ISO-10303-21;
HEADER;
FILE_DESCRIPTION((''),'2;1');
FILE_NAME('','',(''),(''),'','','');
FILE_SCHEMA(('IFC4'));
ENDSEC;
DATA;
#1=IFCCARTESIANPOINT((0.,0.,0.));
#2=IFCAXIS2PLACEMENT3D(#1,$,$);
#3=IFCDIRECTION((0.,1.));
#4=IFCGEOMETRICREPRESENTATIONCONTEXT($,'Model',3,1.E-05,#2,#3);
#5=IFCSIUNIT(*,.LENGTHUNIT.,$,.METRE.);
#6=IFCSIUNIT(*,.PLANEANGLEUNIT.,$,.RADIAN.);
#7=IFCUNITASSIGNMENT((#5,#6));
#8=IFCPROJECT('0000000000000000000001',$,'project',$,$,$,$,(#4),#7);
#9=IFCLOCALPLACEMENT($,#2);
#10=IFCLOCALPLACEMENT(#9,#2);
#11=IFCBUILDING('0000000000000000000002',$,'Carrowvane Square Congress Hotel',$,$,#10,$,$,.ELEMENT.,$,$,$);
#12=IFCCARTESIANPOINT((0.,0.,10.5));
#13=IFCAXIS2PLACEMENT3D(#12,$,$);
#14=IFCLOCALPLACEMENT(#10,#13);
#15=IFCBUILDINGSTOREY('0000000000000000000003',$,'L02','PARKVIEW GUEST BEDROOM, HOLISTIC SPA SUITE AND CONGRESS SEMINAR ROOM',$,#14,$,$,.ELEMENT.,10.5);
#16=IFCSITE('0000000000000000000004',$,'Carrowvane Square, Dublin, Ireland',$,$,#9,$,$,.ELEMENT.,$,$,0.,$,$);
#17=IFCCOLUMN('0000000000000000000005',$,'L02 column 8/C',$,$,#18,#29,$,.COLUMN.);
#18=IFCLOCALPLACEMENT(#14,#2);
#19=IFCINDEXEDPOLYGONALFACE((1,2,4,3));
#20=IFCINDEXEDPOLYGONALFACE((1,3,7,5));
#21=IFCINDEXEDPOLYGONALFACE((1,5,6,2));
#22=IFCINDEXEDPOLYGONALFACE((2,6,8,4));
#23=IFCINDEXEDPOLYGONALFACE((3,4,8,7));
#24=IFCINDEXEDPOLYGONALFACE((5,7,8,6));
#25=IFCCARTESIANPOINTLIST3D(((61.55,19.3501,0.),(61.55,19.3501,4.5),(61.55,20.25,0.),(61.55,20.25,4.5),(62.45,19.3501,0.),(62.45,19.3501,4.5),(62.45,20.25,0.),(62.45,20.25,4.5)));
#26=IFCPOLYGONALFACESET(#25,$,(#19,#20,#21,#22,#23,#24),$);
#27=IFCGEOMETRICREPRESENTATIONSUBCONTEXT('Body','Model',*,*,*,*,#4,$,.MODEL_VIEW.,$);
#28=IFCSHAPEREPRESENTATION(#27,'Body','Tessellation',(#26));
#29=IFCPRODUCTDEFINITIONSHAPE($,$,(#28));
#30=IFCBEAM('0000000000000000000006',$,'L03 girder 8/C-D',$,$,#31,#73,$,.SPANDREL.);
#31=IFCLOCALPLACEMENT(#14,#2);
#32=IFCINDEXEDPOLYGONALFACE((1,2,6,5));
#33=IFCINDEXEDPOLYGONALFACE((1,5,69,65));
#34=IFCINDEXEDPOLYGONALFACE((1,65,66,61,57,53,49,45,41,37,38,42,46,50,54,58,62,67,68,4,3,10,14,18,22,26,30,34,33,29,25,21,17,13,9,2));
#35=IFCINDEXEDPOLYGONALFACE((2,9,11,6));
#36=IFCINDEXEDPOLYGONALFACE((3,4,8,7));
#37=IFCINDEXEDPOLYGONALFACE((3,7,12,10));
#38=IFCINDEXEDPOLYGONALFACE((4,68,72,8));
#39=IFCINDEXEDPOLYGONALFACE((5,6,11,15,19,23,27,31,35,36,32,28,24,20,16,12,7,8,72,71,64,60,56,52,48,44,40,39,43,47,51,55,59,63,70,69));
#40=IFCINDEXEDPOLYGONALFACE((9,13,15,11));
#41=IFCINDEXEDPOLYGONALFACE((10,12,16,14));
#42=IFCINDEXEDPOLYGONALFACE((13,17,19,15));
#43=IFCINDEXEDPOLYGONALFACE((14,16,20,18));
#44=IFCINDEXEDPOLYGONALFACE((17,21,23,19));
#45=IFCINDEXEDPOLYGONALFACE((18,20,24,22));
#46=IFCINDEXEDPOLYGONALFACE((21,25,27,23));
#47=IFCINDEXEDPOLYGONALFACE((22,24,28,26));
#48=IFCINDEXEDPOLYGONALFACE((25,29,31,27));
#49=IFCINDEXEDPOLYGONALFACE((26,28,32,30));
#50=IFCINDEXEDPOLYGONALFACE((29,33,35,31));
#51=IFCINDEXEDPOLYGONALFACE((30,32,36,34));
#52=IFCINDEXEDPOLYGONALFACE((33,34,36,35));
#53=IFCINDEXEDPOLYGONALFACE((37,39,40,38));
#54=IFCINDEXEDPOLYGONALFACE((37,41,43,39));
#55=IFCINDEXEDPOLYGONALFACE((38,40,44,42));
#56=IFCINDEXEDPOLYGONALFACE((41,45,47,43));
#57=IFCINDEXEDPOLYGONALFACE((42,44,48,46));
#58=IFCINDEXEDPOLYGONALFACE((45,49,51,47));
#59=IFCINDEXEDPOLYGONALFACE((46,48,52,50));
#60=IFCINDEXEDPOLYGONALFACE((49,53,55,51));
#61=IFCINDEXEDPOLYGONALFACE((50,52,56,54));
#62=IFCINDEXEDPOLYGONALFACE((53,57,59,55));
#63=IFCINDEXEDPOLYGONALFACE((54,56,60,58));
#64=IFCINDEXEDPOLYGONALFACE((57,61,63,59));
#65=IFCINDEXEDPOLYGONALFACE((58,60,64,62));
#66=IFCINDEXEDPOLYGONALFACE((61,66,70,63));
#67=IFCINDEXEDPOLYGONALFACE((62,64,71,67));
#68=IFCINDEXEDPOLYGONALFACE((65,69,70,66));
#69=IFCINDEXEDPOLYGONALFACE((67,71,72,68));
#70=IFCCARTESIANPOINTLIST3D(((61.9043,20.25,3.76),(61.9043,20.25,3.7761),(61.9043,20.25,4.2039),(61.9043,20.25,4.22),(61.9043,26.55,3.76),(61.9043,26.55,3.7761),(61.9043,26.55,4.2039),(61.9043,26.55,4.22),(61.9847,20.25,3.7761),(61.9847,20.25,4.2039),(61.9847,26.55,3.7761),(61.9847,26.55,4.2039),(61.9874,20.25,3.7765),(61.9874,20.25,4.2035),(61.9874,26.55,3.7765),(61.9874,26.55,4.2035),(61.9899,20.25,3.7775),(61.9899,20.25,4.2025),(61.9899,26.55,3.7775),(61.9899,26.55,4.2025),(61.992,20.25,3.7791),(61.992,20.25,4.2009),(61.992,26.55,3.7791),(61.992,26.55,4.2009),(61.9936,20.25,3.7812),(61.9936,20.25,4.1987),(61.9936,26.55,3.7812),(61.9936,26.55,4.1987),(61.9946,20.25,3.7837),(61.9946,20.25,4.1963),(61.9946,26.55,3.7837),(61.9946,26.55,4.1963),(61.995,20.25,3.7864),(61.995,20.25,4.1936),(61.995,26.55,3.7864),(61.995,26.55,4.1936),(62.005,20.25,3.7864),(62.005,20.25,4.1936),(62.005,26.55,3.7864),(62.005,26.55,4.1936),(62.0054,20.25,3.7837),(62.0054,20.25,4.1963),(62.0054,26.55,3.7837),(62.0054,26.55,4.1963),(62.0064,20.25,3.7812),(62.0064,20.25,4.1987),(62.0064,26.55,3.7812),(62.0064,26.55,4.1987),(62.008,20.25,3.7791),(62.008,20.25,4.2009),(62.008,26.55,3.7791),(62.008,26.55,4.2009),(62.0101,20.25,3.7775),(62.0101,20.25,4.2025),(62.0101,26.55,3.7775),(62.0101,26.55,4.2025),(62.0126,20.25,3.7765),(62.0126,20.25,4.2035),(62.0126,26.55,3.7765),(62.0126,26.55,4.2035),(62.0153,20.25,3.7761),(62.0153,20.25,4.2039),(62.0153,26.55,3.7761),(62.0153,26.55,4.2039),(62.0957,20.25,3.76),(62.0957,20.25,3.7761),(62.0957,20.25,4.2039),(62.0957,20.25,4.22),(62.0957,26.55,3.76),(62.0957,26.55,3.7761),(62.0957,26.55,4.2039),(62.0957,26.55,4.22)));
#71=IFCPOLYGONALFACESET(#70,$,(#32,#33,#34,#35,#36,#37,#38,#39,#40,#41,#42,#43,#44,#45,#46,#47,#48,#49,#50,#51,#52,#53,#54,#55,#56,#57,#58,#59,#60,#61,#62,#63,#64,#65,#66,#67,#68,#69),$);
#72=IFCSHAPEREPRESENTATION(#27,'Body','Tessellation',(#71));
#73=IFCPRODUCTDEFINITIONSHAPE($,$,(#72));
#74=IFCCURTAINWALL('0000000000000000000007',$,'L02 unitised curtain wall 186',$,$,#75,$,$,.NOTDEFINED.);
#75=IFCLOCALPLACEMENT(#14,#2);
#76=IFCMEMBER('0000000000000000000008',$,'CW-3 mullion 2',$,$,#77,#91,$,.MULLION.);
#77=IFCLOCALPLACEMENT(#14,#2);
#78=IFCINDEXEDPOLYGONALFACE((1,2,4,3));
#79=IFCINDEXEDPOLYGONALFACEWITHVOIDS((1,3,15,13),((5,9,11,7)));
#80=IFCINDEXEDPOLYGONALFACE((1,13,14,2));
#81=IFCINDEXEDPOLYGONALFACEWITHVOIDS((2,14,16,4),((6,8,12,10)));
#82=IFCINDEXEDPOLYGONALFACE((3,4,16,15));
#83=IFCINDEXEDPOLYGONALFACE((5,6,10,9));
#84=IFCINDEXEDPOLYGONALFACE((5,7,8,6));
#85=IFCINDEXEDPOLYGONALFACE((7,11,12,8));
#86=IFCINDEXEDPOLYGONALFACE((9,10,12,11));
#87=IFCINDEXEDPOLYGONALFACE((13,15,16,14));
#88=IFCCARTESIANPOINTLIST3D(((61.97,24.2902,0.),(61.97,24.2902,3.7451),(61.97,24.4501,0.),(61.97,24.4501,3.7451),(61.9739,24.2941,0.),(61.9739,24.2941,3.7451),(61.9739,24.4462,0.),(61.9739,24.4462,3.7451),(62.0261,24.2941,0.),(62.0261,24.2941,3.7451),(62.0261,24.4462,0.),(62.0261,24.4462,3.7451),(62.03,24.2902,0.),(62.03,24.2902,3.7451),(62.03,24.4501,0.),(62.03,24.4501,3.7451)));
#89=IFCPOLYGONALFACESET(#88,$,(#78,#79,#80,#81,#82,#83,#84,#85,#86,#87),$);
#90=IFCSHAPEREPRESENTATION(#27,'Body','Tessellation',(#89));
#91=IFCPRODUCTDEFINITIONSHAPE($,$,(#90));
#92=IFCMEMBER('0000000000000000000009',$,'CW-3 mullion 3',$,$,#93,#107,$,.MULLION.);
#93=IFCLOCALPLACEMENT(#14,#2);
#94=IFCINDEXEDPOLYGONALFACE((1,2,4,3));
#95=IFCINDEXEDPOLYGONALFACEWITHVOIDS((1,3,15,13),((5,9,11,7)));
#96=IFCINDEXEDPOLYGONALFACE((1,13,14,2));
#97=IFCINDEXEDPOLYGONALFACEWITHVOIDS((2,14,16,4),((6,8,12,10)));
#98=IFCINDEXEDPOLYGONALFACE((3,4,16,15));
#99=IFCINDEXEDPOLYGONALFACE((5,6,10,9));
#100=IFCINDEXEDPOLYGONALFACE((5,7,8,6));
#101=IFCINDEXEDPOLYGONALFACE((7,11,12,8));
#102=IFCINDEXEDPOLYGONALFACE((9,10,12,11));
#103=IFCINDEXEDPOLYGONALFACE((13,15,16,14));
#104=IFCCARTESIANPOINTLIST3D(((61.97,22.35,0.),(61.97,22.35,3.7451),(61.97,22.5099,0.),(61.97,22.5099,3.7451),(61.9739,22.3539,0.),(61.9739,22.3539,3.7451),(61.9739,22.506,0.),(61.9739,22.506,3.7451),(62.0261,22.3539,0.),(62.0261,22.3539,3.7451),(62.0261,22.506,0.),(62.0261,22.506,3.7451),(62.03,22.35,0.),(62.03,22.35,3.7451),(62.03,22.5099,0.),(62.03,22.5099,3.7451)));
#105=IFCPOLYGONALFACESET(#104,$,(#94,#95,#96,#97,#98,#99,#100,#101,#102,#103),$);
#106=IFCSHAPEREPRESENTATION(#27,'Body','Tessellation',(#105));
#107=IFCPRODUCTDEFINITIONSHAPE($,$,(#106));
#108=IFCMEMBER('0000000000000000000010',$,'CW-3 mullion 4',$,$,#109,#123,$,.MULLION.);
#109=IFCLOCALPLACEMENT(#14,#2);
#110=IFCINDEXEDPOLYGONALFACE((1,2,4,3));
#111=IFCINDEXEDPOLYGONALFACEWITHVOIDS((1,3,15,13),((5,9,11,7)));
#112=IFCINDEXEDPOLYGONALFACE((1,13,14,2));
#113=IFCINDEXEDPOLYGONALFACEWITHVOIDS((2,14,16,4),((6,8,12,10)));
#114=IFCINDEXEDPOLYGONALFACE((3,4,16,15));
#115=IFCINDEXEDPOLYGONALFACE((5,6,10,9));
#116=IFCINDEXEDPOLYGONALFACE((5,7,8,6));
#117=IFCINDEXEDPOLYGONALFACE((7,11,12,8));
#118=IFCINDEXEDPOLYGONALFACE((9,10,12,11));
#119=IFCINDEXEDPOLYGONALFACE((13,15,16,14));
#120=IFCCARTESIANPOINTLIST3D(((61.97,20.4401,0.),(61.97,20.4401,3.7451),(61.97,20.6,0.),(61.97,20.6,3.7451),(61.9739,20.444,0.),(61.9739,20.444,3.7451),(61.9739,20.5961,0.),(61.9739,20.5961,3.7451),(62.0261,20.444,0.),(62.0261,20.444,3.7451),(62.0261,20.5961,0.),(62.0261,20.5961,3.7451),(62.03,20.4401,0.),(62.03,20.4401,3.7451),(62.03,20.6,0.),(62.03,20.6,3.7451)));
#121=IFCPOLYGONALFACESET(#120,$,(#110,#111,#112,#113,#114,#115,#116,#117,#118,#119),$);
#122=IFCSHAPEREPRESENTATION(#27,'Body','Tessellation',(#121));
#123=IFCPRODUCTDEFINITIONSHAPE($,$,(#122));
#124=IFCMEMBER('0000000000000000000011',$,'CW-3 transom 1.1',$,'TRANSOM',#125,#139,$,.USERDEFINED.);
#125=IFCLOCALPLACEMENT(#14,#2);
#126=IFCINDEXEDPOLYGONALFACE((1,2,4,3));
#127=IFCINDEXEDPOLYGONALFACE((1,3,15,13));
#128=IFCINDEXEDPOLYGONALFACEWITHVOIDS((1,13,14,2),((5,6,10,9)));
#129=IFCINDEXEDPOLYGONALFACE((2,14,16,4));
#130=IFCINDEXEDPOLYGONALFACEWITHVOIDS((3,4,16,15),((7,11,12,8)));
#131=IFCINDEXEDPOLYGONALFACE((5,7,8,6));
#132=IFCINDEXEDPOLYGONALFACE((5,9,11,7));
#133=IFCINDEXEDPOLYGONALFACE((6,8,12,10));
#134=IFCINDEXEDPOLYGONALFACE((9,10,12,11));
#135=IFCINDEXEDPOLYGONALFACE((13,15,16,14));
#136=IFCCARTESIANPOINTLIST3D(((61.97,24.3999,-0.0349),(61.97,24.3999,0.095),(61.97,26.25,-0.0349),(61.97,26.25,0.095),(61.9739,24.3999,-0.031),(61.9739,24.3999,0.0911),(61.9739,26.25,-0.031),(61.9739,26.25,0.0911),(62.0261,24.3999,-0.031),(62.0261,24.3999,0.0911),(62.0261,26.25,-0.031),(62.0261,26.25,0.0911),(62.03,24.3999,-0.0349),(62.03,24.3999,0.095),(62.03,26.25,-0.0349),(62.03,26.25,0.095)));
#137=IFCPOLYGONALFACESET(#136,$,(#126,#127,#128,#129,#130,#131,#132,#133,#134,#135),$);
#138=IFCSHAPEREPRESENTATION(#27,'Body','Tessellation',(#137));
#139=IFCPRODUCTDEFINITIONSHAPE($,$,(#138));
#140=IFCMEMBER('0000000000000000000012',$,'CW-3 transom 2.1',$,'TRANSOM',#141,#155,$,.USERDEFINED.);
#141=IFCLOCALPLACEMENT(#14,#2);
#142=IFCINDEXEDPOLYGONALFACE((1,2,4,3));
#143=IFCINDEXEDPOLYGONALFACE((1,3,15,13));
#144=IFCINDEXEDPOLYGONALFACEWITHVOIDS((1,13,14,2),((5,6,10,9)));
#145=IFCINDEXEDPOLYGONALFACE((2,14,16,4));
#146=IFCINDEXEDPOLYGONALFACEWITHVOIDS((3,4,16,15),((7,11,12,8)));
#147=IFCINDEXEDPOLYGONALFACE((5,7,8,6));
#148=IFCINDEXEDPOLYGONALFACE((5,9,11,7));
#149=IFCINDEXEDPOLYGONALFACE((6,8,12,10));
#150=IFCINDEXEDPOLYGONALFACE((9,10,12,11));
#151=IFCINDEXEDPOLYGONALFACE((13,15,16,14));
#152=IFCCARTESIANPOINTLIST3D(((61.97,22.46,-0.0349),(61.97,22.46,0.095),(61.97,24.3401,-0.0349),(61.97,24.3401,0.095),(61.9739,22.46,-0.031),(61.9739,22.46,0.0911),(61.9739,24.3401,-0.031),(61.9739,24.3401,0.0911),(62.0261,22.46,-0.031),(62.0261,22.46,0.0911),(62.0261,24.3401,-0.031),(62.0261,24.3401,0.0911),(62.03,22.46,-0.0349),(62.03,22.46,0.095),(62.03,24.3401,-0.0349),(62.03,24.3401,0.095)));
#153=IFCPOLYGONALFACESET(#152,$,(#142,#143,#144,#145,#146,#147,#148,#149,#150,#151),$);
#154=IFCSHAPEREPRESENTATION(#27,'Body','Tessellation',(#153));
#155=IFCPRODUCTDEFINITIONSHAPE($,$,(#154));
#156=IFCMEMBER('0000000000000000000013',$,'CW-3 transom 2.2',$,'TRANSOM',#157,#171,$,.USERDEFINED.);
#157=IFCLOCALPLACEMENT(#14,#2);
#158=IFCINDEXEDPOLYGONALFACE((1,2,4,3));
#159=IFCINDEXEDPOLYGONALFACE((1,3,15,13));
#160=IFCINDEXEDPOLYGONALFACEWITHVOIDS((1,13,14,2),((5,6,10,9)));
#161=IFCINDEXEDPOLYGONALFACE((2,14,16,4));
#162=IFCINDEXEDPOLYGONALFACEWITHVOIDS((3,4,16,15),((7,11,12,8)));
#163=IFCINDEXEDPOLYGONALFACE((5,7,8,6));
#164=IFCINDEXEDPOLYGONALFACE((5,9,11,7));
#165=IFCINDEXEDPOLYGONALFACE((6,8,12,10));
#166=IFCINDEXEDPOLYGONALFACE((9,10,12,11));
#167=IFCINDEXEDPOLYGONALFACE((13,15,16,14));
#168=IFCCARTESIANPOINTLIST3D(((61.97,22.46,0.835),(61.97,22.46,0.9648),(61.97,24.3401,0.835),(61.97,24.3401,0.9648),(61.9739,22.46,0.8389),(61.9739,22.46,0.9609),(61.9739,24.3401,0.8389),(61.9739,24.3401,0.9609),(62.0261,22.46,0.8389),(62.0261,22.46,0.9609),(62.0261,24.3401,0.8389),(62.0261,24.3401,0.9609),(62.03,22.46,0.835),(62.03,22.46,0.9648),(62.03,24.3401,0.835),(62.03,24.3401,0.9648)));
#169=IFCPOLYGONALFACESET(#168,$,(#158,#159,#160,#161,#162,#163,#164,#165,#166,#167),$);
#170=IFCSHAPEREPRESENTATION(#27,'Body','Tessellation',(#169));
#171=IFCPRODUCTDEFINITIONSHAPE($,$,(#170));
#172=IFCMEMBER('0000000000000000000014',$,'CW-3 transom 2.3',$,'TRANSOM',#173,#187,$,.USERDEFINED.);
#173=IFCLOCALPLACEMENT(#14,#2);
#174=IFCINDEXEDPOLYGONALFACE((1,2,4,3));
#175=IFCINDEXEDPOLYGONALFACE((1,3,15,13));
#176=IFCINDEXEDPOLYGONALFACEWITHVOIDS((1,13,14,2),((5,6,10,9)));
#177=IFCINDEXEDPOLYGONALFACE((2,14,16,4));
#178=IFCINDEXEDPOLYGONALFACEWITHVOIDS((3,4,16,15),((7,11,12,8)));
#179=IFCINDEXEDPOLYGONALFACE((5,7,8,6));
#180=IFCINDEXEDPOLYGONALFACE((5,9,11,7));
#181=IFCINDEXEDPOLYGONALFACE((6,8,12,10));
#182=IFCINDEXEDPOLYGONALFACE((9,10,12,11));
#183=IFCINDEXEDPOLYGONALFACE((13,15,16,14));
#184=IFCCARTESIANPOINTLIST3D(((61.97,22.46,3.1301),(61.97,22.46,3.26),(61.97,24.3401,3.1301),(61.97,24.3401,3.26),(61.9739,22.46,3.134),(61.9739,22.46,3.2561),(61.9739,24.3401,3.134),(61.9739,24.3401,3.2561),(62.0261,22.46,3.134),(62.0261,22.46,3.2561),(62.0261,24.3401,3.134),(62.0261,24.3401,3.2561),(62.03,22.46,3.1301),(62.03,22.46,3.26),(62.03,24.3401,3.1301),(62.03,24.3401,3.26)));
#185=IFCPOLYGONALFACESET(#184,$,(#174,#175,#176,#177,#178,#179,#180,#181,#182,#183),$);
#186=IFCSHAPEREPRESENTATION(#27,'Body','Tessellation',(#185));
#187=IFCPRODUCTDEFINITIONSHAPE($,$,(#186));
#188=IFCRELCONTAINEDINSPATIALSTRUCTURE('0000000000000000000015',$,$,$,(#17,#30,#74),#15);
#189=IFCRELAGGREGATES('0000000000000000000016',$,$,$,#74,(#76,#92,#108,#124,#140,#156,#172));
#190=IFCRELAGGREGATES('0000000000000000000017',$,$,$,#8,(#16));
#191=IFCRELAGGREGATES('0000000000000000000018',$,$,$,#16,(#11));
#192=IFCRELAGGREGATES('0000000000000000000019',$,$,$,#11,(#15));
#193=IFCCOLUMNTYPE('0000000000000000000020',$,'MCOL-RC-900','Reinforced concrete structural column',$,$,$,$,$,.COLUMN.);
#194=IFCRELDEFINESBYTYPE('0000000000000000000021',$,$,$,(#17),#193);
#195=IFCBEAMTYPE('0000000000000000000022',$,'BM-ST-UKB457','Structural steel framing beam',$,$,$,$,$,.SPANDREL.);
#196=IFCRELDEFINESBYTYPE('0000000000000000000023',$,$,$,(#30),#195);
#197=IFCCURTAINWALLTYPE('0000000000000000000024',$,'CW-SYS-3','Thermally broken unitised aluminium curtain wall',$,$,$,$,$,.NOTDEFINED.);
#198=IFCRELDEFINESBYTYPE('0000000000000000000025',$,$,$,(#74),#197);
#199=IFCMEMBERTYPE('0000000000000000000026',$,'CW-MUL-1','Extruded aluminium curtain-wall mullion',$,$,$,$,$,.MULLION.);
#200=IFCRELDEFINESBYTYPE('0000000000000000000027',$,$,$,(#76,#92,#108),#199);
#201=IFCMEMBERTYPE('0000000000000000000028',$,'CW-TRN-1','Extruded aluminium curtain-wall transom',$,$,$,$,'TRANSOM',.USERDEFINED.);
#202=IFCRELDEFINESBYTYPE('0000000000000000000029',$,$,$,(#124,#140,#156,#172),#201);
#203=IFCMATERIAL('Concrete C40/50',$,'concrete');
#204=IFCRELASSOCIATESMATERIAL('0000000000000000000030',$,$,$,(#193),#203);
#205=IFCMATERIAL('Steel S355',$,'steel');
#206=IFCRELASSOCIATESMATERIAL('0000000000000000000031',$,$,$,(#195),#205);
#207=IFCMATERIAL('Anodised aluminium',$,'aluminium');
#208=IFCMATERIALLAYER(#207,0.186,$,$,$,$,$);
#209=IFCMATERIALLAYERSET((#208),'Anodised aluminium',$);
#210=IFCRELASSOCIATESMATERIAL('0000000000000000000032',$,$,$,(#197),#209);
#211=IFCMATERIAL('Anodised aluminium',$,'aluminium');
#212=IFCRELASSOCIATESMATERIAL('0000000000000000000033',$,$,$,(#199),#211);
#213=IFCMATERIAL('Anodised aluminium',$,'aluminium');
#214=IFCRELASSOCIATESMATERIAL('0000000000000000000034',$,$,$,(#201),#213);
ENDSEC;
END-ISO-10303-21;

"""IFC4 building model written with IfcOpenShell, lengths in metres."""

from ifc_helpers import new_model, si_unit, direction, frame, origin, origin_2d, place, context, subcontext, project, spatial, rectangle, hollow_rectangle, i_section, extrude, material, layer, layer_set, material_profile, profile_set, type_object, element, aggregate, save


model = new_model("IFC4")

# Units and contexts
model_context = context("Model", 3, precision=1e-05, world=origin(), true_north=direction((0.0, 1.0)))
body_context = subcontext(model_context, "Body", "Model", "MODEL_VIEW")
ifc_project = project(units=[si_unit("LENGTHUNIT", "METRE"), si_unit("PLANEANGLEUNIT", "RADIAN")], contexts=[model_context])

# Site, building, storey
site_placement = place(None, origin())
site = spatial("IfcSite", under=ifc_project, at=site_placement, Name="Carrowvane Square, Dublin, Ireland", CompositionType="ELEMENT", RefElevation=0.0)
building_placement = place(site_placement, origin())
building = spatial("IfcBuilding", under=site, at=building_placement, Name="Carrowvane Square Congress Hotel", CompositionType="ELEMENT")
storey_placement = place(building_placement, frame((0.0, 0.0, 10.5)))
storey = spatial("IfcBuildingStorey", under=building, at=storey_placement, Name="L02", Description="PARKVIEW GUEST BEDROOM, HOLISTIC SPA SUITE AND CONGRESS SEMINAR ROOM", CompositionType="ELEMENT", Elevation=10.5)

# Column
ifc_material_1 = material(Name="Concrete C40/50", Category="concrete")
ifc_material_profile_1 = material_profile(ifc_material_1, rectangle(XDim=0.8999, YDim=0.8999, at=origin_2d()), Name="RC 900x900")
ifc_profile_set_1 = profile_set([ifc_material_profile_1], Name="Concrete C40/50")
column_type = type_object("IfcColumnType", Name="MCOL-RC-900", Description="Reinforced concrete structural column", PredefinedType="COLUMN", material=ifc_profile_set_1)
column_placement = place(storey_placement, frame((62.0, 19.8, 0.0), z_axis=(0.0, 0.0, 1.0), x_axis=(1.0, 0.0, 0.0)))
element("IfcColumn", 1, at=column_placement, inside=storey, type_object=column_type, Name="L02 column 8/C", PredefinedType="COLUMN", context=body_context, shape_type="SweptSolid", body=[
    extrude(rectangle(XDim=0.8999, YDim=0.8999, at=origin_2d()), origin(), (0.0, 0.0, 1.0), 4.5),
])

# Beam
ifc_material_2 = material(Name="Steel S355", Category="steel")
ifc_material_profile_2 = material_profile(ifc_material_2, i_section(OverallWidth=0.1914, OverallDepth=0.46, WebThickness=0.01, FlangeThickness=0.0161, FilletRadius=0.0103, at=origin_2d()), Name="UKB 457x191x82")
ifc_profile_set_2 = profile_set([ifc_material_profile_2], Name="Steel S355")
beam_type = type_object("IfcBeamType", Name="BM-ST-UKB457", Description="Structural steel framing beam", PredefinedType="SPANDREL", material=ifc_profile_set_2)
beam_placement = place(storey_placement, frame((62.0, 20.25, 3.99), z_axis=(0.0, 1.0, 0.0), x_axis=(-1.0, 0.0, 0.0)))
element("IfcBeam", 2, at=beam_placement, inside=storey, type_object=beam_type, Name="L03 girder 8/C-D", PredefinedType="SPANDREL", context=body_context, shape_type="SweptSolid", body=[
    extrude(i_section(OverallWidth=0.1914, OverallDepth=0.46, WebThickness=0.01, FlangeThickness=0.0161, FilletRadius=0.0103, at=origin_2d()), origin(), (0.0, 0.0, 1.0), 6.3),
])

# Curtain wall, members
ifc_material_3 = material(Name="Anodised aluminium", Category="aluminium")
ifc_layer_1 = layer(ifc_material_3, 0.186)
ifc_layer_set_1 = layer_set([ifc_layer_1], Name="Anodised aluminium")
curtain_wall_type = type_object("IfcCurtainWallType", Name="CW-SYS-3", Description="Thermally broken unitised aluminium curtain wall", PredefinedType="NOTDEFINED", material=ifc_layer_set_1)
curtain_wall_placement = place(storey_placement, origin())
curtain_wall = element("IfcCurtainWall", 3, at=curtain_wall_placement, inside=storey, type_object=curtain_wall_type, Name="L02 unitised curtain wall 186", PredefinedType="NOTDEFINED")
ifc_material_4 = material(Name="Anodised aluminium", Category="aluminium")
ifc_material_profile_3 = material_profile(ifc_material_4, hollow_rectangle(XDim=0.0601, YDim=0.1599, WallThickness=0.0039, at=origin_2d()), Name="CW-ML 60x160x4")
ifc_profile_set_3 = profile_set([ifc_material_profile_3], Name="Anodised aluminium")
member_type_1 = type_object("IfcMemberType", Name="CW-MUL-1", Description="Extruded aluminium curtain-wall mullion", PredefinedType="MULLION", material=ifc_profile_set_3)
member_1_placement = place(storey_placement, frame((62.0, 24.3701, 0.0), z_axis=(0.0, 0.0, 1.0), x_axis=(1.0, 0.0, 0.0)))
member_1 = element("IfcMember", 4, at=member_1_placement, type_object=member_type_1, Name="CW-3 mullion 2", PredefinedType="MULLION", context=body_context, shape_type="SweptSolid", body=[
    extrude(hollow_rectangle(XDim=0.0601, YDim=0.1599, WallThickness=0.0039, at=origin_2d()), origin(), (0.0, 0.0, 1.0), 3.7451),
])
member_2_placement = place(storey_placement, frame((62.0, 22.4299, 0.0), z_axis=(0.0, 0.0, 1.0), x_axis=(1.0, 0.0, 0.0)))
member_2 = element("IfcMember", 5, at=member_2_placement, type_object=member_type_1, Name="CW-3 mullion 3", PredefinedType="MULLION", context=body_context, shape_type="SweptSolid", body=[
    extrude(hollow_rectangle(XDim=0.0601, YDim=0.1599, WallThickness=0.0039, at=origin_2d()), origin(), (0.0, 0.0, 1.0), 3.7451),
])
member_3_placement = place(storey_placement, frame((62.0, 20.52, 0.0), z_axis=(0.0, 0.0, 1.0), x_axis=(1.0, 0.0, 0.0)))
member_3 = element("IfcMember", 6, at=member_3_placement, type_object=member_type_1, Name="CW-3 mullion 4", PredefinedType="MULLION", context=body_context, shape_type="SweptSolid", body=[
    extrude(hollow_rectangle(XDim=0.0601, YDim=0.1599, WallThickness=0.0039, at=origin_2d()), origin(), (0.0, 0.0, 1.0), 3.7451),
])
ifc_material_5 = material(Name="Anodised aluminium", Category="aluminium")
ifc_material_profile_4 = material_profile(ifc_material_5, hollow_rectangle(XDim=0.0601, YDim=0.1299, WallThickness=0.0039, at=origin_2d()), Name="CW-TR 60x130x4")
ifc_profile_set_4 = profile_set([ifc_material_profile_4], Name="Anodised aluminium")
member_type_2 = type_object("IfcMemberType", Name="CW-TRN-1", Description="Extruded aluminium curtain-wall transom", ElementType="TRANSOM", PredefinedType="USERDEFINED", material=ifc_profile_set_4)
member_4_placement = place(storey_placement, frame((62.0, 26.25, 0.03), z_axis=(0.0, -1.0, 0.0), x_axis=(1.0, 0.0, 0.0)))
member_4 = element("IfcMember", 7, at=member_4_placement, type_object=member_type_2, Name="CW-3 transom 1.1", ObjectType="TRANSOM", PredefinedType="USERDEFINED", context=body_context, shape_type="SweptSolid", body=[
    extrude(hollow_rectangle(XDim=0.0601, YDim=0.1299, WallThickness=0.0039, at=origin_2d()), origin(), (0.0, 0.0, 1.0), 1.8501),
])
member_5_placement = place(storey_placement, frame((62.0, 24.3401, 0.03), z_axis=(0.0, -1.0, 0.0), x_axis=(1.0, 0.0, 0.0)))
member_5 = element("IfcMember", 8, at=member_5_placement, type_object=member_type_2, Name="CW-3 transom 2.1", ObjectType="TRANSOM", PredefinedType="USERDEFINED", context=body_context, shape_type="SweptSolid", body=[
    extrude(hollow_rectangle(XDim=0.0601, YDim=0.1299, WallThickness=0.0039, at=origin_2d()), origin(), (0.0, 0.0, 1.0), 1.8801),
])
member_6_placement = place(storey_placement, frame((62.0, 24.3401, 0.8999), z_axis=(0.0, -1.0, 0.0), x_axis=(1.0, 0.0, 0.0)))
member_6 = element("IfcMember", 9, at=member_6_placement, type_object=member_type_2, Name="CW-3 transom 2.2", ObjectType="TRANSOM", PredefinedType="USERDEFINED", context=body_context, shape_type="SweptSolid", body=[
    extrude(hollow_rectangle(XDim=0.0601, YDim=0.1299, WallThickness=0.0039, at=origin_2d()), origin(), (0.0, 0.0, 1.0), 1.8801),
])
member_7_placement = place(storey_placement, frame((62.0, 24.3401, 3.1951), z_axis=(0.0, -1.0, 0.0), x_axis=(1.0, 0.0, 0.0)))
member_7 = element("IfcMember", 10, at=member_7_placement, type_object=member_type_2, Name="CW-3 transom 2.3", ObjectType="TRANSOM", PredefinedType="USERDEFINED", context=body_context, shape_type="SweptSolid", body=[
    extrude(hollow_rectangle(XDim=0.0601, YDim=0.1299, WallThickness=0.0039, at=origin_2d()), origin(), (0.0, 0.0, 1.0), 1.8801),
])
aggregate(curtain_wall, [member_1, member_2, member_3, member_4, member_5, member_6, member_7])

save(model, "model.ifc")
